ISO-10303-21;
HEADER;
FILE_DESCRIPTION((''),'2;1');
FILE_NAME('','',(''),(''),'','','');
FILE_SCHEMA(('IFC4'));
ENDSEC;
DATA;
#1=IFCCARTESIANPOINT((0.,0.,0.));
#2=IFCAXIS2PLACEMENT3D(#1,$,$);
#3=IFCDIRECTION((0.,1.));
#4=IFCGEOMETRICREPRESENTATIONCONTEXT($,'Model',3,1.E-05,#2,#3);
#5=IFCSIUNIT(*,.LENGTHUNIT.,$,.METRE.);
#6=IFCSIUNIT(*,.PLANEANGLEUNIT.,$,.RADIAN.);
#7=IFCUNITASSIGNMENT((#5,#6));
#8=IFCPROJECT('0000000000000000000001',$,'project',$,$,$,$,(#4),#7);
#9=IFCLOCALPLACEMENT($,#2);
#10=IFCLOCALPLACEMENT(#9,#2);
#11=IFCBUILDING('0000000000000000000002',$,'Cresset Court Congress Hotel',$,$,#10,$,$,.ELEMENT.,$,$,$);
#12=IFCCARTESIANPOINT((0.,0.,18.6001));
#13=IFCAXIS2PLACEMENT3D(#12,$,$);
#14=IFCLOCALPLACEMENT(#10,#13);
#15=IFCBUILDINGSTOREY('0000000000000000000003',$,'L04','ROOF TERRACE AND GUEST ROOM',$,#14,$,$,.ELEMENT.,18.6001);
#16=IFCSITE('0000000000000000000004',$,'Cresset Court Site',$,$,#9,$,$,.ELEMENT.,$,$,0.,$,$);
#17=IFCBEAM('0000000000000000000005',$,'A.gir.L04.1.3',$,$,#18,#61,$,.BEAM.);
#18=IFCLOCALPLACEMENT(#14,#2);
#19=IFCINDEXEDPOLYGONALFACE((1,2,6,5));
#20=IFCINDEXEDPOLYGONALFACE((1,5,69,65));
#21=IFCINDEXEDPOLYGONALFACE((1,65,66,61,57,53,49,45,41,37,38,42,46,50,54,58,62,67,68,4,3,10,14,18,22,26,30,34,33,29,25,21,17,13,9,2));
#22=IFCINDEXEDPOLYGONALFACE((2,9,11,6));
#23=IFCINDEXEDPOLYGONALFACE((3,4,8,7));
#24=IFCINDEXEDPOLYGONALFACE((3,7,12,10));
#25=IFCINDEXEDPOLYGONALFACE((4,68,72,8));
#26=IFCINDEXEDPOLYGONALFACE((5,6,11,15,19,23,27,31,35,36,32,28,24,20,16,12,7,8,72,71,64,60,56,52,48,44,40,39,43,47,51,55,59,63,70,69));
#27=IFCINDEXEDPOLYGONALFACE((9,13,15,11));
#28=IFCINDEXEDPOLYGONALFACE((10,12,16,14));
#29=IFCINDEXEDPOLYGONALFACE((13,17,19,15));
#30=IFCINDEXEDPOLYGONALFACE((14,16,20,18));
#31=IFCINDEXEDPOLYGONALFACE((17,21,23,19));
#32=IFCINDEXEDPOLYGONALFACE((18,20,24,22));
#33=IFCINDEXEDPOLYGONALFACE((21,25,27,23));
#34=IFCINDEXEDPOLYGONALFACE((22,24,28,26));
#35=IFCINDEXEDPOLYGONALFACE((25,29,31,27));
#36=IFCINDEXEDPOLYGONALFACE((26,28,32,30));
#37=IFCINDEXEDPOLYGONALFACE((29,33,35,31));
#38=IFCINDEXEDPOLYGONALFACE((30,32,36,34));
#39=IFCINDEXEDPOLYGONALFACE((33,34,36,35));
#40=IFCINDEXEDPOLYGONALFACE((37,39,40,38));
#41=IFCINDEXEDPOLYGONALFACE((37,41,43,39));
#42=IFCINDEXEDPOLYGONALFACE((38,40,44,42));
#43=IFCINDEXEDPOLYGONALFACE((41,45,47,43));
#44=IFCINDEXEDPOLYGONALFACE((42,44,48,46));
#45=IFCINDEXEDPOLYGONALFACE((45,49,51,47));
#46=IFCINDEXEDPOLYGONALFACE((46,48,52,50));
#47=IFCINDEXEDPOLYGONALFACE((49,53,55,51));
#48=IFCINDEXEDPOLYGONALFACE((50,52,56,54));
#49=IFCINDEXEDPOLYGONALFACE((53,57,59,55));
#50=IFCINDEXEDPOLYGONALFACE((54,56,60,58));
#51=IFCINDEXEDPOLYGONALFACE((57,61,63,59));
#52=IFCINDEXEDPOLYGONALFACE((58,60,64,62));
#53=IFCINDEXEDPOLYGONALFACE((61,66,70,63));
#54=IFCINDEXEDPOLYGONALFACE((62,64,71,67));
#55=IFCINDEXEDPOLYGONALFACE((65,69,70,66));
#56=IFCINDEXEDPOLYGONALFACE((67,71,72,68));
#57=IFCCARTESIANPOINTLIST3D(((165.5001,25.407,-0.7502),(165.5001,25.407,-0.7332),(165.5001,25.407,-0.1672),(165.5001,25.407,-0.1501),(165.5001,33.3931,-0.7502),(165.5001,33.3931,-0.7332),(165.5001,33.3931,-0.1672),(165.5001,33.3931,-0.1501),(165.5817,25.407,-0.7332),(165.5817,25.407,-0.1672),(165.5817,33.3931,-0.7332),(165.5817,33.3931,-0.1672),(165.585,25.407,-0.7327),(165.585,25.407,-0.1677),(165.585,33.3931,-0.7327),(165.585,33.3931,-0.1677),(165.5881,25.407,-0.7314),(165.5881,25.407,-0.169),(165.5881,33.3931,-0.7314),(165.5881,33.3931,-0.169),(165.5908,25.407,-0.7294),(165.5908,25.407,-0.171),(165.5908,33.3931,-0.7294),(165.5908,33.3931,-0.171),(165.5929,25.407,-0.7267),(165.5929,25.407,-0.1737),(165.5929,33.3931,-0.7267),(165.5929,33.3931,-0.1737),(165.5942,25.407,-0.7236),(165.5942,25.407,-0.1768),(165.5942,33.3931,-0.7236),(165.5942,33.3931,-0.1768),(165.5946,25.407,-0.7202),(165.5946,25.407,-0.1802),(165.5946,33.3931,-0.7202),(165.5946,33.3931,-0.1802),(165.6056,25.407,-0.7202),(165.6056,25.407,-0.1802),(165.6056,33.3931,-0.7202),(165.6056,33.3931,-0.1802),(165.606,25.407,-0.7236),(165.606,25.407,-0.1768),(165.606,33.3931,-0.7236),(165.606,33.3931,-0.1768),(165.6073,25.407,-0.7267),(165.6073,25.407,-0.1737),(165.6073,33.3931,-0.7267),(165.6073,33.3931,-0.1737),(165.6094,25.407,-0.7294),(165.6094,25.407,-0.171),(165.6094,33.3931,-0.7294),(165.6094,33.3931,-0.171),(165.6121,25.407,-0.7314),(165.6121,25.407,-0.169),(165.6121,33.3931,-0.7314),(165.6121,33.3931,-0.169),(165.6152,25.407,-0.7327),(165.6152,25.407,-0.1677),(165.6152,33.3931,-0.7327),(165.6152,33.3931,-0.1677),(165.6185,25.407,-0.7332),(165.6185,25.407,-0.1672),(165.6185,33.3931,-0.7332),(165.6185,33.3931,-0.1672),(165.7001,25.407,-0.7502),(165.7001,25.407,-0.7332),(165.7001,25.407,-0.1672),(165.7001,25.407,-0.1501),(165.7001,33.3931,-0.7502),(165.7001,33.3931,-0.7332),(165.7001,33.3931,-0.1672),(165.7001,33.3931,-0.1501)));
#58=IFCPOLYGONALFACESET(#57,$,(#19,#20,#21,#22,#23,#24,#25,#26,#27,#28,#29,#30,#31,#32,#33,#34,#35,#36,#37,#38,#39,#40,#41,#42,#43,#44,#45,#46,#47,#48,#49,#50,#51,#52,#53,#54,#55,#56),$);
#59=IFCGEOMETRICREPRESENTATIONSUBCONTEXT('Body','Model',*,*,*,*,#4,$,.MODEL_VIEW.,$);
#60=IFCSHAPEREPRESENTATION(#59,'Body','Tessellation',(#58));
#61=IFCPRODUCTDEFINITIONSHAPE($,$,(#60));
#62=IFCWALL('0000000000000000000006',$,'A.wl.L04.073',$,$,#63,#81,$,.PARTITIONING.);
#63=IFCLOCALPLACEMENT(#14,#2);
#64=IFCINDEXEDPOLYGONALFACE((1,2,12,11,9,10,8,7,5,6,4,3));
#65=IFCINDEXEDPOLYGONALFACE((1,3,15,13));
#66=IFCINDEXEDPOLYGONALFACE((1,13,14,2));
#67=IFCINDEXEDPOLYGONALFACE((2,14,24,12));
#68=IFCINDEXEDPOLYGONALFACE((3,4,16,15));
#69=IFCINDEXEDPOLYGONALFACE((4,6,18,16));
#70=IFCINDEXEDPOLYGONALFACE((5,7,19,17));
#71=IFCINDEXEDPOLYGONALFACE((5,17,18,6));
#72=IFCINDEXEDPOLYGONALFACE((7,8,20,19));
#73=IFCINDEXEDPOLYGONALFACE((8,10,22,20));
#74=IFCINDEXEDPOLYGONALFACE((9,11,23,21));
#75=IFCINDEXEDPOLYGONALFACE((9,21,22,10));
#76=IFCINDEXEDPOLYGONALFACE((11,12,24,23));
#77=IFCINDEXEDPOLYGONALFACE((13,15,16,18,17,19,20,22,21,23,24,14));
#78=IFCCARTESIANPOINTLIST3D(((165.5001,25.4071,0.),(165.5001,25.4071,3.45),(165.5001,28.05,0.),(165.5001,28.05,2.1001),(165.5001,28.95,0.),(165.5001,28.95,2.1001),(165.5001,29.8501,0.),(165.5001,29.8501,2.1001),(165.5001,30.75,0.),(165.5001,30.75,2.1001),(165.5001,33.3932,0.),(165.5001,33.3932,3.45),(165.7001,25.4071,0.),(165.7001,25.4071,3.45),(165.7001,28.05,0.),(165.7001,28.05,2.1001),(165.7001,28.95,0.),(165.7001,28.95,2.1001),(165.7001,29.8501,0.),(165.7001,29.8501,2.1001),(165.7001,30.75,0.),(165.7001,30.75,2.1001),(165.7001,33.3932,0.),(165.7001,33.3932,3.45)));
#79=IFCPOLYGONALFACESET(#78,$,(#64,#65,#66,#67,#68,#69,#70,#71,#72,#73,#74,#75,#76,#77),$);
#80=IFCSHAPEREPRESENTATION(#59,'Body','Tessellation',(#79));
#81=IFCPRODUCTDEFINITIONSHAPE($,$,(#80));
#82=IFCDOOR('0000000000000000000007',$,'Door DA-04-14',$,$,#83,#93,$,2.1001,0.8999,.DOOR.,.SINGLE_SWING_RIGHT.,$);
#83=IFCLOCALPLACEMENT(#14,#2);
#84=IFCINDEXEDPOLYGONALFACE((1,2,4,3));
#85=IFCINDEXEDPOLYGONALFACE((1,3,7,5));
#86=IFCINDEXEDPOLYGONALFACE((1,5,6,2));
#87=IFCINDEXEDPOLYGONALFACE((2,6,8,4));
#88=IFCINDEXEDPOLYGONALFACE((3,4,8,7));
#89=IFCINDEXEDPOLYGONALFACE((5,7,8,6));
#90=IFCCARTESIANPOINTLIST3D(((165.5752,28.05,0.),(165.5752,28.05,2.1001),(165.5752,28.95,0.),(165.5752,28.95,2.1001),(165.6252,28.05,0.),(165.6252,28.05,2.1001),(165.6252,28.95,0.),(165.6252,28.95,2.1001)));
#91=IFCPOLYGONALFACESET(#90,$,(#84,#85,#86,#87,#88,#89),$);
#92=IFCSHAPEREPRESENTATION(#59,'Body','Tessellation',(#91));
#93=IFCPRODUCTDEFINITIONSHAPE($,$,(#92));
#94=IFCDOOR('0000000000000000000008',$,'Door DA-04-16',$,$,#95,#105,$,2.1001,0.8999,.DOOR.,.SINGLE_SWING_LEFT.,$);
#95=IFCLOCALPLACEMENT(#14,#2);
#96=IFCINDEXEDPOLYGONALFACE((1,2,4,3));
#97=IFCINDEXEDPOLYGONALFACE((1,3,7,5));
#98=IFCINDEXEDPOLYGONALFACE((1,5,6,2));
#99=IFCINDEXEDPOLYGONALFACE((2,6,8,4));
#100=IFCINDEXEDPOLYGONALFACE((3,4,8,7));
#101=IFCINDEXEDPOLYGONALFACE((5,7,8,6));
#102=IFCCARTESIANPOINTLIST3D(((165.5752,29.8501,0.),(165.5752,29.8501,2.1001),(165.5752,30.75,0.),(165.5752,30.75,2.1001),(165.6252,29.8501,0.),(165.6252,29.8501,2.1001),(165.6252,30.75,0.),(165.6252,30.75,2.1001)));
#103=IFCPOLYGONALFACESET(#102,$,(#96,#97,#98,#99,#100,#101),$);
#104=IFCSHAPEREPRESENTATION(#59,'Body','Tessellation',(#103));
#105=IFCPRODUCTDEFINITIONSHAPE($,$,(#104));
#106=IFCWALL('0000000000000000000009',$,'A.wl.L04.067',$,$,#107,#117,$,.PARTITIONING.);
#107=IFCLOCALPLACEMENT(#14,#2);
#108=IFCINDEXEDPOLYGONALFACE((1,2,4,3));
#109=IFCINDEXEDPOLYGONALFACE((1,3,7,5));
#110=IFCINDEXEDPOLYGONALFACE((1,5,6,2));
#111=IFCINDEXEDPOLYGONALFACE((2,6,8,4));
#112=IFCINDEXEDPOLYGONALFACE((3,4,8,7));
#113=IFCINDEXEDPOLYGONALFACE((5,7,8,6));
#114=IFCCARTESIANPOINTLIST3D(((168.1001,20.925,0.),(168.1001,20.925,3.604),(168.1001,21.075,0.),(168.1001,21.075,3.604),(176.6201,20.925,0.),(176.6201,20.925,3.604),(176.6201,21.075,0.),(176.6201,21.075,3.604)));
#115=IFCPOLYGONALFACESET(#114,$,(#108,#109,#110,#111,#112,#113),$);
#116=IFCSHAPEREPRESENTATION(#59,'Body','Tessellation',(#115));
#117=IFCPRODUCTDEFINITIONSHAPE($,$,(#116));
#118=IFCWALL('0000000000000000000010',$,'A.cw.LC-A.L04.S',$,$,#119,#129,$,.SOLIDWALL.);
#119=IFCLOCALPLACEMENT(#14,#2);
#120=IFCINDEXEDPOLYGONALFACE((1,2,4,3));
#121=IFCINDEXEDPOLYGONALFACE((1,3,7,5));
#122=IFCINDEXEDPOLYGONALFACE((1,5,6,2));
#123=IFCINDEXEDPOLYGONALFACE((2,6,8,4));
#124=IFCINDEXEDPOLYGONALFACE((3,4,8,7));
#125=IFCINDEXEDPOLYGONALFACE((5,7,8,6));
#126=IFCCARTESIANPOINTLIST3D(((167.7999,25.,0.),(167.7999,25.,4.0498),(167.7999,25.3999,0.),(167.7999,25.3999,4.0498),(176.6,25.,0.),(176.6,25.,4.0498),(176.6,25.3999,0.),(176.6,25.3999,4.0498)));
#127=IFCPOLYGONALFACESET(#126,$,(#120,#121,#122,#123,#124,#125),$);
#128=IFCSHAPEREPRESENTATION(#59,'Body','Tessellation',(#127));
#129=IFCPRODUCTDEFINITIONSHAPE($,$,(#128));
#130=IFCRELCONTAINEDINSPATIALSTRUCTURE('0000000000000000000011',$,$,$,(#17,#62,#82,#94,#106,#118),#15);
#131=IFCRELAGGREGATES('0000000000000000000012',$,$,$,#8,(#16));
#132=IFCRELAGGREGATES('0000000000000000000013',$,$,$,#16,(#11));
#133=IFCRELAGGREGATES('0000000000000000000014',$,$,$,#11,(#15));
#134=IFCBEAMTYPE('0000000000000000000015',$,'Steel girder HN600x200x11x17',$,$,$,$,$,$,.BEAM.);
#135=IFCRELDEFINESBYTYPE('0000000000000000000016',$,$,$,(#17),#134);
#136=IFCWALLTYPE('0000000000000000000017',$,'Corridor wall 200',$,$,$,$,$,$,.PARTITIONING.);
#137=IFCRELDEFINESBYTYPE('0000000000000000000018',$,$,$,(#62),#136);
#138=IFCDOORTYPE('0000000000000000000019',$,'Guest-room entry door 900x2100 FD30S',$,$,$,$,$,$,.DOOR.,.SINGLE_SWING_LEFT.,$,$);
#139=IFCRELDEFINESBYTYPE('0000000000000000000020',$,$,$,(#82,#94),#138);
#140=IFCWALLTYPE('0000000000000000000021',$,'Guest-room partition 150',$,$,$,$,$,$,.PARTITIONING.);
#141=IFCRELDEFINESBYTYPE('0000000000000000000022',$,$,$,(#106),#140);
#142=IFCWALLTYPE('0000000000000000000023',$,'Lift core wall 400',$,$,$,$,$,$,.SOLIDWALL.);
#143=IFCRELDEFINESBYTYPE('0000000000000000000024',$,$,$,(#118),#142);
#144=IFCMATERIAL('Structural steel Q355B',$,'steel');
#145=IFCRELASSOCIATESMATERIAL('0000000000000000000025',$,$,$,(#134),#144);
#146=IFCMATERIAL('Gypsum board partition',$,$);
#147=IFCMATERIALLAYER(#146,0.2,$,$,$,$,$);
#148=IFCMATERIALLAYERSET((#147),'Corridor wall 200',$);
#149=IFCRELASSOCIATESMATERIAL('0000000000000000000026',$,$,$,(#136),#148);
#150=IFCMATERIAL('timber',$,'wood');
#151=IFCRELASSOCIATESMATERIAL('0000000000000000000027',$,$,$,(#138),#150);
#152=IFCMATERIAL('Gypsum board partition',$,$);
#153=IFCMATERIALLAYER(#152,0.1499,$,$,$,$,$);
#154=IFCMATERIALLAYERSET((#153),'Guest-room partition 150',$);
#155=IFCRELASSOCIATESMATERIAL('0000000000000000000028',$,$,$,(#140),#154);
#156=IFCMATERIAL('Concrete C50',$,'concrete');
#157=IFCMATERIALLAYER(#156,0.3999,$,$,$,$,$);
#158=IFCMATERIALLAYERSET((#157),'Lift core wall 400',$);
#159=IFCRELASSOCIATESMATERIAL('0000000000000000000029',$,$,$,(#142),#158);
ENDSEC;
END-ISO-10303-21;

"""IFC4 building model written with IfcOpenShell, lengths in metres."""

from ifc_helpers import new_model, si_unit, direction, frame, frame_2d, origin, origin_2d, place, context, subcontext, project, spatial, rectangle, i_section, extrude, material, layer, layer_set, material_profile, profile_set, type_object, element, fill, save


model = new_model("IFC4")

# Units and contexts
model_context = context("Model", 3, precision=1e-05, world=origin(), true_north=direction((0.0, 1.0)))
body_context = subcontext(model_context, "Body", "Model", "MODEL_VIEW")
ifc_project = project(units=[si_unit("LENGTHUNIT", "METRE"), si_unit("PLANEANGLEUNIT", "RADIAN")], contexts=[model_context])

# Site, building, storey
site_placement = place(None, origin())
site = spatial("IfcSite", under=ifc_project, at=site_placement, Name="Cresset Court Site", CompositionType="ELEMENT", RefElevation=0.0)
building_placement = place(site_placement, origin())
building = spatial("IfcBuilding", under=site, at=building_placement, Name="Cresset Court Congress Hotel", CompositionType="ELEMENT")
storey_placement = place(building_placement, frame((0.0, 0.0, 18.6001)))
storey = spatial("IfcBuildingStorey", under=building, at=storey_placement, Name="L04", Description="ROOF TERRACE AND GUEST ROOM", CompositionType="ELEMENT", Elevation=18.6001)

# Beam
ifc_material_1 = material(Name="Structural steel Q355B", Category="steel")
ifc_material_profile_1 = material_profile(ifc_material_1, i_section(OverallWidth=0.2, OverallDepth=0.6001, WebThickness=0.011, FlangeThickness=0.0171, FilletRadius=0.0129, at=origin_2d()), Name="HN600x200x11x17")
ifc_profile_set_1 = profile_set([ifc_material_profile_1], Name="Structural steel Q355B")
beam_type_1 = type_object("IfcBeamType", Name="Steel girder HN600x200x11x17", PredefinedType="BEAM", material=ifc_profile_set_1)
beam_1_placement = place(storey_placement, frame((165.6001, 25.407, -0.4502), z_axis=(0.0, 1.0, 0.0), x_axis=(-1.0, 0.0, 0.0)))
element("IfcBeam", 1, at=beam_1_placement, inside=storey, type_object=beam_type_1, Name="A.gir.L04.1.3", PredefinedType="BEAM", context=body_context, shape_type="SweptSolid", body=[
    extrude(i_section(OverallWidth=0.2, OverallDepth=0.6001, WebThickness=0.011, FlangeThickness=0.0171, FilletRadius=0.0129, at=origin_2d()), origin(), (0.0, 0.0, 1.0), 7.9861),
])

# Wall, openings, doors
ifc_material_2 = material(Name="Gypsum board partition")
ifc_layer_1 = layer(ifc_material_2, 0.2)
ifc_layer_set_1 = layer_set([ifc_layer_1], Name="Corridor wall 200")
wall_type_1 = type_object("IfcWallType", Name="Corridor wall 200", PredefinedType="PARTITIONING", material=ifc_layer_set_1)
wall_1_placement = place(storey_placement, frame((165.6001, 25.407, 0.0), z_axis=(0.0, 0.0, 1.0), x_axis=(0.0, 1.0, 0.0)))
wall_1 = element("IfcWall", 2, at=wall_1_placement, inside=storey, type_object=wall_type_1, Name="A.wl.L04.073", PredefinedType="PARTITIONING", context=body_context, shape_type="SweptSolid", body=[
    extrude(rectangle(XDim=7.9861, YDim=0.2, at=frame_2d((3.9932, 0.0))), origin(), (0.0, 0.0, 1.0), 3.45),
])
opening_1_placement = place(wall_1_placement, frame((2.6431, 0.0, 0.0)))
opening_1 = element("IfcOpeningElement", 3, at=opening_1_placement, cuts=wall_1, PredefinedType="OPENING", context=body_context, shape_type="SweptSolid", body=[
    extrude(rectangle(XDim=0.8999, YDim=2.1001, at=frame_2d((0.45, 1.05))), frame((0.0, 0.1099, 0.0), z_axis=(0.0, -1.0, 0.0), x_axis=(1.0, 0.0, 0.0)), (0.0, 0.0, 1.0), 0.22),
])
opening_2_placement = place(wall_1_placement, frame((4.4431, 0.0, 0.0)))
opening_2 = element("IfcOpeningElement", 4, at=opening_2_placement, cuts=wall_1, PredefinedType="OPENING", context=body_context, shape_type="SweptSolid", body=[
    extrude(rectangle(XDim=0.8999, YDim=2.1001, at=frame_2d((0.45, 1.05))), frame((0.0, 0.1099, 0.0), z_axis=(0.0, -1.0, 0.0), x_axis=(1.0, 0.0, 0.0)), (0.0, 0.0, 1.0), 0.22),
])
ifc_material_3 = material(Name="timber", Category="wood")
door_type_1 = type_object("IfcDoorType", Name="Guest-room entry door 900x2100 FD30S", OperationType="SINGLE_SWING_LEFT", PredefinedType="DOOR", material=ifc_material_3)
door_1_placement = place(opening_1_placement, origin())
door_1 = element("IfcDoor", 5, at=door_1_placement, inside=storey, type_object=door_type_1, Name="Door DA-04-14", OperationType="SINGLE_SWING_RIGHT", OverallHeight=2.1001, OverallWidth=0.8999, PredefinedType="DOOR", context=body_context, shape_type="SweptSolid", body=[
    extrude(rectangle(XDim=0.8999, YDim=2.1001, at=frame_2d((0.45, 1.05))), frame((0.0, 0.0249, 0.0), z_axis=(0.0, -1.0, 0.0), x_axis=(1.0, 0.0, 0.0)), (0.0, 0.0, 1.0), 0.05),
])
fill(opening_1, door_1)
door_2_placement = place(opening_2_placement, origin())
door_2 = element("IfcDoor", 6, at=door_2_placement, inside=storey, type_object=door_type_1, Name="Door DA-04-16", OperationType="SINGLE_SWING_LEFT", OverallHeight=2.1001, OverallWidth=0.8999, PredefinedType="DOOR", context=body_context, shape_type="SweptSolid", body=[
    extrude(rectangle(XDim=0.8999, YDim=2.1001, at=frame_2d((0.45, 1.05))), frame((0.0, 0.0249, 0.0), z_axis=(0.0, -1.0, 0.0), x_axis=(1.0, 0.0, 0.0)), (0.0, 0.0, 1.0), 0.05),
])
fill(opening_2, door_2)

# Walls
ifc_material_4 = material(Name="Gypsum board partition")
ifc_layer_2 = layer(ifc_material_4, 0.1499)
ifc_layer_set_2 = layer_set([ifc_layer_2], Name="Guest-room partition 150")
wall_type_2 = type_object("IfcWallType", Name="Guest-room partition 150", PredefinedType="PARTITIONING", material=ifc_layer_set_2)
wall_2_placement = place(storey_placement, frame((168.1001, 21.0, 0.0), z_axis=(0.0, 0.0, 1.0), x_axis=(1.0, 0.0, 0.0)))
element("IfcWall", 7, at=wall_2_placement, inside=storey, type_object=wall_type_2, Name="A.wl.L04.067", PredefinedType="PARTITIONING", context=body_context, shape_type="SweptSolid", body=[
    extrude(rectangle(XDim=8.52, YDim=0.1499, at=frame_2d((4.26, 0.0))), origin(), (0.0, 0.0, 1.0), 3.604),
])
ifc_material_5 = material(Name="Concrete C50", Category="concrete")
ifc_layer_3 = layer(ifc_material_5, 0.3999)
ifc_layer_set_3 = layer_set([ifc_layer_3], Name="Lift core wall 400")
wall_type_3 = type_object("IfcWallType", Name="Lift core wall 400", PredefinedType="SOLIDWALL", material=ifc_layer_set_3)
wall_3_placement = place(storey_placement, frame((167.8, 25.2, 0.0), z_axis=(0.0, 0.0, 1.0), x_axis=(1.0, 0.0, 0.0)))
element("IfcWall", 8, at=wall_3_placement, inside=storey, type_object=wall_type_3, Name="A.cw.LC-A.L04.S", PredefinedType="SOLIDWALL", context=body_context, shape_type="SweptSolid", body=[
    extrude(rectangle(XDim=8.8, YDim=0.3999, at=frame_2d((4.3999, 0.0))), origin(), (0.0, 0.0, 1.0), 4.0498),
])

save(model, "model.ifc")
